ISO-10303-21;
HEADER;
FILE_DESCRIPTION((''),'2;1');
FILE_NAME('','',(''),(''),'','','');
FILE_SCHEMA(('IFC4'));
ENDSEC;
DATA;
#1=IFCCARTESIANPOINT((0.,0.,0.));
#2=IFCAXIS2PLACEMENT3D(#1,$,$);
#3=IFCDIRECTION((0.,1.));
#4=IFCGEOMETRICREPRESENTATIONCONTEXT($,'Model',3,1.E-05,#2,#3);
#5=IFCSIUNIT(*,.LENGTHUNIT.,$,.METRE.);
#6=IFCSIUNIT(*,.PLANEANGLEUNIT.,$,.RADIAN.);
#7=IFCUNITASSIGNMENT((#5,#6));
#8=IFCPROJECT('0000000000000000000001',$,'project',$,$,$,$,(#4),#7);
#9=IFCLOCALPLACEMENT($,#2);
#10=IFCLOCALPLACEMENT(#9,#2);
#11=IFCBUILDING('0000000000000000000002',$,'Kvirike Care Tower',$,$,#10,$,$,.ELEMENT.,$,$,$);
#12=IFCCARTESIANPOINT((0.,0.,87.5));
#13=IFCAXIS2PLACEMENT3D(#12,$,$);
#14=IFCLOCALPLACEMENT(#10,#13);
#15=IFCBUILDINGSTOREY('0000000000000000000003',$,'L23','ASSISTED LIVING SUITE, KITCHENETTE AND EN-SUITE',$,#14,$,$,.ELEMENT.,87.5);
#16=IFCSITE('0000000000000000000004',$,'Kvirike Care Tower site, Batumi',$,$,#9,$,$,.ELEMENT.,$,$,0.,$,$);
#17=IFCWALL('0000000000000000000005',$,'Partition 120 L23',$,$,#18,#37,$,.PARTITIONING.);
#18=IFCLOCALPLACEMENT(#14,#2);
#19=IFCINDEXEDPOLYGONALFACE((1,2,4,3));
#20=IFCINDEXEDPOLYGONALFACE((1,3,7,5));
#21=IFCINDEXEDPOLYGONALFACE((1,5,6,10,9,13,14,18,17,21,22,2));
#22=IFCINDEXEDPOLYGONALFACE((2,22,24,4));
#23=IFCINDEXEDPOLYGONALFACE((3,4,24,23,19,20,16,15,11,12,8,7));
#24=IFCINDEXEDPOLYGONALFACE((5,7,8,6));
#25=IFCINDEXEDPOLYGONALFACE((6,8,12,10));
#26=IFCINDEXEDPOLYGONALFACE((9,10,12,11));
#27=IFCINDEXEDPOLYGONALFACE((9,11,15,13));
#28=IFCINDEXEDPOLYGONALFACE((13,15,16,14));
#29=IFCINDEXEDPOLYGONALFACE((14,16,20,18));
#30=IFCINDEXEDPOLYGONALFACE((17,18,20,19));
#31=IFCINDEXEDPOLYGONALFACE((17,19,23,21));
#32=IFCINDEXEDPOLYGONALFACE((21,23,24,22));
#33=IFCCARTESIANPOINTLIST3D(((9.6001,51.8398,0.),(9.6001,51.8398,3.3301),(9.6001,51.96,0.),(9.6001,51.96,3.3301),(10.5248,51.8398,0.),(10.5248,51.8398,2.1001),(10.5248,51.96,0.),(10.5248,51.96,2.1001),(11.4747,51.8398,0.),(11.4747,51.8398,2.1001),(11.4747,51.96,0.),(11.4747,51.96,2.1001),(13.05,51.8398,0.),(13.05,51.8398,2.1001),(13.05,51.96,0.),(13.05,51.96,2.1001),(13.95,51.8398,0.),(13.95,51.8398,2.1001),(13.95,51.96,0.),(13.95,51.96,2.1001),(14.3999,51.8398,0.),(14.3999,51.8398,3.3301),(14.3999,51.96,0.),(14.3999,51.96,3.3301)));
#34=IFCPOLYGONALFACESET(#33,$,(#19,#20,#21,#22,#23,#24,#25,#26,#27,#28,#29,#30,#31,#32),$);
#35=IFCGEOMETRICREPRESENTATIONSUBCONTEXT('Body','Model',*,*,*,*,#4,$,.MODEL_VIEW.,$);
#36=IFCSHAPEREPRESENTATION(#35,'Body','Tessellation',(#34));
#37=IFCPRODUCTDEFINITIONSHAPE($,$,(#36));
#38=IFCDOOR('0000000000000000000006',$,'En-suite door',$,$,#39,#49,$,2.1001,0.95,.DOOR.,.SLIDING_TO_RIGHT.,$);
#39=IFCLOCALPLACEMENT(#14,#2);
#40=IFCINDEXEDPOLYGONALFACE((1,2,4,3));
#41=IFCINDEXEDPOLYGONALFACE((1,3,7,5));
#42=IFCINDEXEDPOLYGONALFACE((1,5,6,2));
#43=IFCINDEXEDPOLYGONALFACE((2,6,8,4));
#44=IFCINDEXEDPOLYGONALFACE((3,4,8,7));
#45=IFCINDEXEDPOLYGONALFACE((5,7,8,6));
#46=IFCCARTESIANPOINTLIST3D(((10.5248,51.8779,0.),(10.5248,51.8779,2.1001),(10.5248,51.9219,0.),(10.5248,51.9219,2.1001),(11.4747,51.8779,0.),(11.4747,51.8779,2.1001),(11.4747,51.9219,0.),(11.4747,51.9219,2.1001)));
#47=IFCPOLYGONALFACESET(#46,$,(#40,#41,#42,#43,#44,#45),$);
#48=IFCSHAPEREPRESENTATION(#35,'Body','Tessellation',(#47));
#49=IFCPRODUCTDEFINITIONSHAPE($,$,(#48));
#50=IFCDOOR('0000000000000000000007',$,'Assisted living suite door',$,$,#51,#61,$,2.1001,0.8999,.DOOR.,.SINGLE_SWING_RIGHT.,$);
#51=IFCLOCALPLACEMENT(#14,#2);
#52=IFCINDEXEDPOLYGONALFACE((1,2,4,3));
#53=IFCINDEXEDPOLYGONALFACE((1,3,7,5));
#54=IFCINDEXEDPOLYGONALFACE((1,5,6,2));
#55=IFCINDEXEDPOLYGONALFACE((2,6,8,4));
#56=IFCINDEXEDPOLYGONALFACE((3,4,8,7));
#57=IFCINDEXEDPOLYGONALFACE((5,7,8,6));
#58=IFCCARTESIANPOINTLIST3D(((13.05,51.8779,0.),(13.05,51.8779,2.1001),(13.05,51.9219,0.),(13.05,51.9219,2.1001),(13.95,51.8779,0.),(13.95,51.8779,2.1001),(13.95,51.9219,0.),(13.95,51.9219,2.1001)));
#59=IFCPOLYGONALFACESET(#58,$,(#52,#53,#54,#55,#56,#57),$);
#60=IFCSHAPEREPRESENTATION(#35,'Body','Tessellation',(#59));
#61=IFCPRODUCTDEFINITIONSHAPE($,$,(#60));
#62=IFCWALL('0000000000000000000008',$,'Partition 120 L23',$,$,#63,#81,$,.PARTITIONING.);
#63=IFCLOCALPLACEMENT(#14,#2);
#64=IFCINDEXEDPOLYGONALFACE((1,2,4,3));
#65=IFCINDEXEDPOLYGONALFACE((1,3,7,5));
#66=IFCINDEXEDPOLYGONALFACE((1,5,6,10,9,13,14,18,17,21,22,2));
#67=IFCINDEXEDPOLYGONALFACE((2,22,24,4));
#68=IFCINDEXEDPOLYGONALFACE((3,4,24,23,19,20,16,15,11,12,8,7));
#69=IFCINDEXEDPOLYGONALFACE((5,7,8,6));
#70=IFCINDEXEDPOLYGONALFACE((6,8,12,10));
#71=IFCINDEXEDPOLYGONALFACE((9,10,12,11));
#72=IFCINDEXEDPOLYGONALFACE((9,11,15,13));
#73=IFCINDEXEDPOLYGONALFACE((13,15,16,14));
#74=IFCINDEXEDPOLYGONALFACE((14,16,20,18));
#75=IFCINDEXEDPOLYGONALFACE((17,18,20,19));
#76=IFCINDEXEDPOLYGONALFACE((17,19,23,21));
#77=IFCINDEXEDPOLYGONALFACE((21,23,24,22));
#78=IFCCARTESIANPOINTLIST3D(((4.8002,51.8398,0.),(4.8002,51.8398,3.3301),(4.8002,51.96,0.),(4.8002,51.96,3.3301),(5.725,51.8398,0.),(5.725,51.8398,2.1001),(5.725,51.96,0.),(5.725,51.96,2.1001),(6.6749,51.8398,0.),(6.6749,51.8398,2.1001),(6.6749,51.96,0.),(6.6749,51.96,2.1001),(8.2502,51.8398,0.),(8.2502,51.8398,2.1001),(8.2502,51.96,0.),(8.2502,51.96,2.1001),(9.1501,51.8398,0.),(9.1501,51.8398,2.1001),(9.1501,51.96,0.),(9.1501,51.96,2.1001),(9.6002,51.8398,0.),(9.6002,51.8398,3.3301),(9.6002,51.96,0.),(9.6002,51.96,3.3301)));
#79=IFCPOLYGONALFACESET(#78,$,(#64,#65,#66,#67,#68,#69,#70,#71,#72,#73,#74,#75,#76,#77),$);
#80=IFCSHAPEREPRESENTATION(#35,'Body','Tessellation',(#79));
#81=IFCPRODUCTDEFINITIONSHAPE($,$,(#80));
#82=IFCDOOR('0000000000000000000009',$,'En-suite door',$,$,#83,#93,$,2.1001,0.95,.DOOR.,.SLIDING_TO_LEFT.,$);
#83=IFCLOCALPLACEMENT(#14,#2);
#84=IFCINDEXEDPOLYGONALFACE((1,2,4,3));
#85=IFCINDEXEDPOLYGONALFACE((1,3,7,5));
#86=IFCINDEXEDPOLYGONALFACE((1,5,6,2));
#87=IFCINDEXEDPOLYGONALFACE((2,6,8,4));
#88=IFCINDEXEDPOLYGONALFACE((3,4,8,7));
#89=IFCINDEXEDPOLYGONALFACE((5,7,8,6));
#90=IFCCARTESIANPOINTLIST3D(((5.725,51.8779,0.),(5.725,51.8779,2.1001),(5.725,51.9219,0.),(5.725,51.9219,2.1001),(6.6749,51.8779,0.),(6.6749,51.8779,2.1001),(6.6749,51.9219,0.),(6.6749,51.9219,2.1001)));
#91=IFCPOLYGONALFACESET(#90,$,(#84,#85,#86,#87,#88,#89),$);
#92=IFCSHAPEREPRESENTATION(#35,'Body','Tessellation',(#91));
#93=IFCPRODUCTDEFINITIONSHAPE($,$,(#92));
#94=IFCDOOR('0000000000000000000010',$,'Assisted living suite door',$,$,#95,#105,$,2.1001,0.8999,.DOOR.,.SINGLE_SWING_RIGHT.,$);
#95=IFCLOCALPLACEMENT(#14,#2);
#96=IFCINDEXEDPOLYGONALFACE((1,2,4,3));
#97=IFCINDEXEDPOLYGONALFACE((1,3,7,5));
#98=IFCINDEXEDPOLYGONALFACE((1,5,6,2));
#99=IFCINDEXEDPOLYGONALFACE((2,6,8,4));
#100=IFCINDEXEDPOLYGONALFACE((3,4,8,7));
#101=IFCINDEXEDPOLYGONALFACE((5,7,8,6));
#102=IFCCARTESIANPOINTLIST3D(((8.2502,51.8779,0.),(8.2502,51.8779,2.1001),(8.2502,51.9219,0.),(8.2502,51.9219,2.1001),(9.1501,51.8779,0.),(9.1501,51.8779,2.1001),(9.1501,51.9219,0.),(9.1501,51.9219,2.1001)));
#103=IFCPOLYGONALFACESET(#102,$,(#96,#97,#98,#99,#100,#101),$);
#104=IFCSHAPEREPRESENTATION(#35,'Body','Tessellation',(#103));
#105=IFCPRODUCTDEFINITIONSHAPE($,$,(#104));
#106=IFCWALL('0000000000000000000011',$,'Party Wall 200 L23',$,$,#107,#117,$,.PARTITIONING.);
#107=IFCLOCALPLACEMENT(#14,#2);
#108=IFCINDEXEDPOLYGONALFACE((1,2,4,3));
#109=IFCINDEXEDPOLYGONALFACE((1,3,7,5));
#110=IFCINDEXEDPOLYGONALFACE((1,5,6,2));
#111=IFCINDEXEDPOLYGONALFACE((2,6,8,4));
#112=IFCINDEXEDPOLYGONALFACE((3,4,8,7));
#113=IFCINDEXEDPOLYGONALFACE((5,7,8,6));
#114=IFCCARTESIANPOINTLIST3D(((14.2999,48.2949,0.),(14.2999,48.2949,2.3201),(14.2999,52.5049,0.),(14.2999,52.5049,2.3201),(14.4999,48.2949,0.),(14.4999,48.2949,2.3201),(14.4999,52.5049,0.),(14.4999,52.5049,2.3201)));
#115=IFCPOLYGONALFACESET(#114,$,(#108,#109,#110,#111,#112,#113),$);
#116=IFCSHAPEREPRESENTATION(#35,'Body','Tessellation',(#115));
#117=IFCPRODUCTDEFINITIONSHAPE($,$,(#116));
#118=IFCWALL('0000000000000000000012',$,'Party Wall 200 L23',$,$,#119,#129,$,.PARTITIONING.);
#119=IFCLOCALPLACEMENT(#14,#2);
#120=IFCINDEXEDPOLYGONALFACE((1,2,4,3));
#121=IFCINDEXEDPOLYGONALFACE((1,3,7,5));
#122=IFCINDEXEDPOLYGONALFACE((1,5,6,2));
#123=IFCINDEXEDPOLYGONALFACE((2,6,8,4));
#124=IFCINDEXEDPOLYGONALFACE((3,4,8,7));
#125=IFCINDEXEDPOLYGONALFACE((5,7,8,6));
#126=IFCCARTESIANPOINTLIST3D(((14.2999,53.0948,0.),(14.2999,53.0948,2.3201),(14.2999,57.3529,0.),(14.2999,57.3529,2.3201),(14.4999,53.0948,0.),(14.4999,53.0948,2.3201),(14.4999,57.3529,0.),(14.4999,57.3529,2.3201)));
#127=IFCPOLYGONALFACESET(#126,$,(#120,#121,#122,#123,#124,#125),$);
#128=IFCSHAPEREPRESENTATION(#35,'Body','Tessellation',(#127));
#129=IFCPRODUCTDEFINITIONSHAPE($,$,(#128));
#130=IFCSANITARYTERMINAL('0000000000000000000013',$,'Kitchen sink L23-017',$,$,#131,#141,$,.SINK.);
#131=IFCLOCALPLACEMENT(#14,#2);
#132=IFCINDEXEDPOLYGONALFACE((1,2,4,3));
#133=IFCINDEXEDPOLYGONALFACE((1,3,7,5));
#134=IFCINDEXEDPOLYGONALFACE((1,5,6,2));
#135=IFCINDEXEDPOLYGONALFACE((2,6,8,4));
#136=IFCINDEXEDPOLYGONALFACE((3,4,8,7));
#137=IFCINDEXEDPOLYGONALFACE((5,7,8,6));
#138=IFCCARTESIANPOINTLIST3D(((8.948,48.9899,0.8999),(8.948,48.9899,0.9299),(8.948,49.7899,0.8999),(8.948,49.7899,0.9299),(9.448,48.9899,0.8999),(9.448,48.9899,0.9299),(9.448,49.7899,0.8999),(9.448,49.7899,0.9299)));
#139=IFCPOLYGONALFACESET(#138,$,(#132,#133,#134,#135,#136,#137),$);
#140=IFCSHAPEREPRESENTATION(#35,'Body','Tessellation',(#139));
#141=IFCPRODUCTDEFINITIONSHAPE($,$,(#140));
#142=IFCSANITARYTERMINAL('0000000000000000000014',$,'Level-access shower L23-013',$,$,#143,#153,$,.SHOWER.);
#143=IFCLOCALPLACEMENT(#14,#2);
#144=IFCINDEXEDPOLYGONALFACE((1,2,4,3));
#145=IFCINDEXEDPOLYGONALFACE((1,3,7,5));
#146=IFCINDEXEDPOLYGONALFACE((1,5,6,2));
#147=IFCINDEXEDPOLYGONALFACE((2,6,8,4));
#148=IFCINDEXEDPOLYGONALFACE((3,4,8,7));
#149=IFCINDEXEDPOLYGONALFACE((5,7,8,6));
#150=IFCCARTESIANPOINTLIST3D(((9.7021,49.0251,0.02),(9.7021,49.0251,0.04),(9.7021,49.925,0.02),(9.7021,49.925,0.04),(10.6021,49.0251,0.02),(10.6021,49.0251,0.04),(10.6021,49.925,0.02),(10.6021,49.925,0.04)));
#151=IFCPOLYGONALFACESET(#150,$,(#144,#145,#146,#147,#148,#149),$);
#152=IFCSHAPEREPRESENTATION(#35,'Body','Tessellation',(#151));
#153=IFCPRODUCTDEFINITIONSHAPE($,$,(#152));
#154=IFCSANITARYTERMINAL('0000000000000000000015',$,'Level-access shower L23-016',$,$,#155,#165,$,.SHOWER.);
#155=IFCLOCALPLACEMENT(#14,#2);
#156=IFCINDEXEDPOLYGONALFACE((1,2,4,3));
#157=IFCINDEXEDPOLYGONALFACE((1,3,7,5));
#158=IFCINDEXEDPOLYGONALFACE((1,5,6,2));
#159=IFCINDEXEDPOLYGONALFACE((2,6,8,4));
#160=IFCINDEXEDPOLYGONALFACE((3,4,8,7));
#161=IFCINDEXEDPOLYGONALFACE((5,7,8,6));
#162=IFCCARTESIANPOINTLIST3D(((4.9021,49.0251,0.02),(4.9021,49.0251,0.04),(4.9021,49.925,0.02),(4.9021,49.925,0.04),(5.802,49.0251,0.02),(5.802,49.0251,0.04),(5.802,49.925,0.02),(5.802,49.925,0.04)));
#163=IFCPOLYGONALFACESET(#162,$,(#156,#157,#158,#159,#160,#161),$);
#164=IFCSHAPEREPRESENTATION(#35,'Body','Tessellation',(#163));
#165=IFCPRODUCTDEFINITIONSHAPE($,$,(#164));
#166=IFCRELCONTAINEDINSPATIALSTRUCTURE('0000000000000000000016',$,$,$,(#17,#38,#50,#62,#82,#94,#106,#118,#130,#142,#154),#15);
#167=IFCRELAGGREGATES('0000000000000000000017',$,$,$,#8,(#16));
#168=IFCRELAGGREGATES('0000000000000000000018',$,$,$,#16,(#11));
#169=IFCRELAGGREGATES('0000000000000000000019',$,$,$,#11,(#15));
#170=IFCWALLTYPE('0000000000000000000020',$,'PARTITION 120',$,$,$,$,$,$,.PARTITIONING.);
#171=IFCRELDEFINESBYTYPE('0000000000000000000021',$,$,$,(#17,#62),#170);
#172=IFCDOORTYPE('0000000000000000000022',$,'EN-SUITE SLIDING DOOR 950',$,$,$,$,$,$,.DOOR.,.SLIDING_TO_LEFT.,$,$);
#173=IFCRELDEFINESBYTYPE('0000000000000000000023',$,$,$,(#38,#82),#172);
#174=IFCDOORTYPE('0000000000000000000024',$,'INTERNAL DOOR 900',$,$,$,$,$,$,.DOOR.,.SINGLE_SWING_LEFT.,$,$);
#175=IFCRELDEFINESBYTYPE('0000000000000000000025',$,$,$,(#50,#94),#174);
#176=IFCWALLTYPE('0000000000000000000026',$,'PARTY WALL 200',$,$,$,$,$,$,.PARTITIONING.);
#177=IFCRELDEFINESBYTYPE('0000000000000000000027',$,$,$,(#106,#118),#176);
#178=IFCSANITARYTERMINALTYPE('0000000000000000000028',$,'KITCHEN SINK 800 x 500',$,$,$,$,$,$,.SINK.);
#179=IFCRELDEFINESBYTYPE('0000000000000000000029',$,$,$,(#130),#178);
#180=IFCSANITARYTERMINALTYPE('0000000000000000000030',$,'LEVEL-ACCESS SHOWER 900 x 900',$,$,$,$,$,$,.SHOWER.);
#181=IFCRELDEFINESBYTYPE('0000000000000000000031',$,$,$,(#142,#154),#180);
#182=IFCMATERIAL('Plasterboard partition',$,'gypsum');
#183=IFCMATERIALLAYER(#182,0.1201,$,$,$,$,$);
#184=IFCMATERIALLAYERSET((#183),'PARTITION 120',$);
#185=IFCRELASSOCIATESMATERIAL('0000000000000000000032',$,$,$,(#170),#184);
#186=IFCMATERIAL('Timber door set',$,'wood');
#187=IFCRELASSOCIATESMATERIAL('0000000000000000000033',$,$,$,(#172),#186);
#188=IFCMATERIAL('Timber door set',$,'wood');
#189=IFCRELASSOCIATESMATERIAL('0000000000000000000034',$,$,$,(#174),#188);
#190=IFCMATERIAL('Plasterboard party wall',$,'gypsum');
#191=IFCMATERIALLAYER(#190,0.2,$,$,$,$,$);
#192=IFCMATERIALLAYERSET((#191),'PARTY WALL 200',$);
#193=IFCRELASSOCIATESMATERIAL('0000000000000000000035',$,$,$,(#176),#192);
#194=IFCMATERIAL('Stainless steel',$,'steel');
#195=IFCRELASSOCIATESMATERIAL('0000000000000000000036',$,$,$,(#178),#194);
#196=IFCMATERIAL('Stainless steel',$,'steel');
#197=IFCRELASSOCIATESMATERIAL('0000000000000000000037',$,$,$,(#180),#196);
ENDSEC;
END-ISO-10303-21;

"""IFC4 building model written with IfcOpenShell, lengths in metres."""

from ifc_helpers import new_model, si_unit, direction, frame, frame_2d, origin, origin_2d, place, context, subcontext, project, spatial, rectangle, extrude, material, layer, layer_set, type_object, element, fill, save


model = new_model("IFC4")

# Units and contexts
model_context = context("Model", 3, precision=1e-05, world=origin(), true_north=direction((0.0, 1.0)))
body_context = subcontext(model_context, "Body", "Model", "MODEL_VIEW")
ifc_project = project(units=[si_unit("LENGTHUNIT", "METRE"), si_unit("PLANEANGLEUNIT", "RADIAN")], contexts=[model_context])

# Site, building, storey
site_placement = place(None, origin())
site = spatial("IfcSite", under=ifc_project, at=site_placement, Name="Kvirike Care Tower site, Batumi", CompositionType="ELEMENT", RefElevation=0.0)
building_placement = place(site_placement, origin())
building = spatial("IfcBuilding", under=site, at=building_placement, Name="Kvirike Care Tower", CompositionType="ELEMENT")
storey_placement = place(building_placement, frame((0.0, 0.0, 87.5)))
storey = spatial("IfcBuildingStorey", under=building, at=storey_placement, Name="L23", Description="ASSISTED LIVING SUITE, KITCHENETTE AND EN-SUITE", CompositionType="ELEMENT", Elevation=87.5)

# Walls, openings, doors
ifc_material_1 = material(Name="Plasterboard partition", Category="gypsum")
ifc_layer_1 = layer(ifc_material_1, 0.1201)
ifc_layer_set_1 = layer_set([ifc_layer_1], Name="PARTITION 120")
wall_type_1 = type_object("IfcWallType", Name="PARTITION 120", PredefinedType="PARTITIONING", material=ifc_layer_set_1)
wall_1_placement = place(storey_placement, frame((14.3999, 51.8999, 0.0), z_axis=(0.0, 0.0, 1.0), x_axis=(-1.0, 0.0, 0.0)))
wall_1 = element("IfcWall", 1, at=wall_1_placement, inside=storey, type_object=wall_type_1, Name="Partition 120 L23", PredefinedType="PARTITIONING", context=body_context, shape_type="SweptSolid", body=[
    extrude(rectangle(XDim=4.7998, YDim=0.1201, at=frame_2d((2.3999, 0.0))), origin(), (0.0, 0.0, 1.0), 3.3301),
])
opening_1_placement = place(wall_1_placement, frame((0.45, 0.0, 0.0)))
opening_1 = element("IfcOpeningElement", 2, at=opening_1_placement, cuts=wall_1, PredefinedType="OPENING", context=body_context, shape_type="SweptSolid", body=[
    extrude(rectangle(XDim=0.8999, YDim=2.1001, at=frame_2d((0.45, 1.05))), frame((0.0, 0.0706, 0.0), z_axis=(0.0, -1.0, 0.0), x_axis=(1.0, 0.0, 0.0)), (0.0, 0.0, 1.0), 0.1411),
])
opening_2_placement = place(wall_1_placement, frame((2.925, 0.0, 0.0)))
opening_2 = element("IfcOpeningElement", 3, at=opening_2_placement, cuts=wall_1, PredefinedType="OPENING", context=body_context, shape_type="SweptSolid", body=[
    extrude(rectangle(XDim=0.95, YDim=2.1001, at=frame_2d((0.4751, 1.05))), frame((0.0, 0.0706, 0.0), z_axis=(0.0, -1.0, 0.0), x_axis=(1.0, 0.0, 0.0)), (0.0, 0.0, 1.0), 0.1411),
])
ifc_material_2 = material(Name="Timber door set", Category="wood")
door_type_1 = type_object("IfcDoorType", Name="EN-SUITE SLIDING DOOR 950", OperationType="SLIDING_TO_LEFT", PredefinedType="DOOR", material=ifc_material_2)
door_1_placement = place(opening_2_placement, origin())
door_1 = element("IfcDoor", 4, at=door_1_placement, inside=storey, type_object=door_type_1, Name="En-suite door", OperationType="SLIDING_TO_RIGHT", OverallHeight=2.1001, OverallWidth=0.95, PredefinedType="DOOR", context=body_context, shape_type="SweptSolid", body=[
    extrude(rectangle(XDim=0.95, YDim=2.1001, at=frame_2d((0.4751, 1.05))), frame((0.0, 0.022, 0.0), z_axis=(0.0, -1.0, 0.0), x_axis=(1.0, 0.0, 0.0)), (0.0, 0.0, 1.0), 0.0439),
])
fill(opening_2, door_1)
ifc_material_3 = material(Name="Timber door set", Category="wood")
door_type_2 = type_object("IfcDoorType", Name="INTERNAL DOOR 900", OperationType="SINGLE_SWING_LEFT", PredefinedType="DOOR", material=ifc_material_3)
door_2_placement = place(opening_1_placement, origin())
door_2 = element("IfcDoor", 5, at=door_2_placement, inside=storey, type_object=door_type_2, Name="Assisted living suite door", OperationType="SINGLE_SWING_RIGHT", OverallHeight=2.1001, OverallWidth=0.8999, PredefinedType="DOOR", context=body_context, shape_type="SweptSolid", body=[
    extrude(rectangle(XDim=0.8999, YDim=2.1001, at=frame_2d((0.45, 1.05))), frame((0.0, 0.022, 0.0), z_axis=(0.0, -1.0, 0.0), x_axis=(1.0, 0.0, 0.0)), (0.0, 0.0, 1.0), 0.0439),
])
fill(opening_1, door_2)
wall_2_placement = place(storey_placement, frame((9.6001, 51.8999, 0.0), z_axis=(0.0, 0.0, 1.0), x_axis=(-1.0, 0.0, 0.0)))
wall_2 = element("IfcWall", 6, at=wall_2_placement, inside=storey, type_object=wall_type_1, Name="Partition 120 L23", PredefinedType="PARTITIONING", context=body_context, shape_type="SweptSolid", body=[
    extrude(rectangle(XDim=4.8, YDim=0.1201, at=frame_2d((2.3999, 0.0))), origin(), (0.0, 0.0, 1.0), 3.3301),
])
opening_3_placement = place(wall_2_placement, frame((0.45, 0.0, 0.0)))
opening_3 = element("IfcOpeningElement", 7, at=opening_3_placement, cuts=wall_2, PredefinedType="OPENING", context=body_context, shape_type="SweptSolid", body=[
    extrude(rectangle(XDim=0.8999, YDim=2.1001, at=frame_2d((0.45, 1.05))), frame((0.0, 0.0706, 0.0), z_axis=(0.0, -1.0, 0.0), x_axis=(1.0, 0.0, 0.0)), (0.0, 0.0, 1.0), 0.1411),
])
opening_4_placement = place(wall_2_placement, frame((2.925, 0.0, 0.0)))
opening_4 = element("IfcOpeningElement", 8, at=opening_4_placement, cuts=wall_2, PredefinedType="OPENING", context=body_context, shape_type="SweptSolid", body=[
    extrude(rectangle(XDim=0.95, YDim=2.1001, at=frame_2d((0.4751, 1.05))), frame((0.0, 0.0706, 0.0), z_axis=(0.0, -1.0, 0.0), x_axis=(1.0, 0.0, 0.0)), (0.0, 0.0, 1.0), 0.1411),
])
door_3_placement = place(opening_4_placement, origin())
door_3 = element("IfcDoor", 9, at=door_3_placement, inside=storey, type_object=door_type_1, Name="En-suite door", OperationType="SLIDING_TO_LEFT", OverallHeight=2.1001, OverallWidth=0.95, PredefinedType="DOOR", context=body_context, shape_type="SweptSolid", body=[
    extrude(rectangle(XDim=0.95, YDim=2.1001, at=frame_2d((0.4751, 1.05))), frame((0.0, 0.022, 0.0), z_axis=(0.0, -1.0, 0.0), x_axis=(1.0, 0.0, 0.0)), (0.0, 0.0, 1.0), 0.0439),
])
fill(opening_4, door_3)
door_4_placement = place(opening_3_placement, origin())
door_4 = element("IfcDoor", 10, at=door_4_placement, inside=storey, type_object=door_type_2, Name="Assisted living suite door", OperationType="SINGLE_SWING_RIGHT", OverallHeight=2.1001, OverallWidth=0.8999, PredefinedType="DOOR", context=body_context, shape_type="SweptSolid", body=[
    extrude(rectangle(XDim=0.8999, YDim=2.1001, at=frame_2d((0.45, 1.05))), frame((0.0, 0.022, 0.0), z_axis=(0.0, -1.0, 0.0), x_axis=(1.0, 0.0, 0.0)), (0.0, 0.0, 1.0), 0.0439),
])
fill(opening_3, door_4)

# Walls
ifc_material_4 = material(Name="Plasterboard party wall", Category="gypsum")
ifc_layer_2 = layer(ifc_material_4, 0.2)
ifc_layer_set_2 = layer_set([ifc_layer_2], Name="PARTY WALL 200")
wall_type_2 = type_object("IfcWallType", Name="PARTY WALL 200", PredefinedType="PARTITIONING", material=ifc_layer_set_2)
wall_3_placement = place(storey_placement, frame((14.3999, 48.2949, 0.0), z_axis=(0.0, 0.0, 1.0), x_axis=(0.0, 1.0, 0.0)))
element("IfcWall", 11, at=wall_3_placement, inside=storey, type_object=wall_type_2, Name="Party Wall 200 L23", PredefinedType="PARTITIONING", context=body_context, shape_type="SweptSolid", body=[
    extrude(rectangle(XDim=4.21, YDim=0.2, at=frame_2d((2.105, 0.0))), origin(), (0.0, 0.0, 1.0), 2.3201),
])
wall_4_placement = place(storey_placement, frame((14.3999, 53.095, 0.0), z_axis=(0.0, 0.0, 1.0), x_axis=(0.0, 1.0, 0.0)))
element("IfcWall", 12, at=wall_4_placement, inside=storey, type_object=wall_type_2, Name="Party Wall 200 L23", PredefinedType="PARTITIONING", context=body_context, shape_type="SweptSolid", body=[
    extrude(rectangle(XDim=4.2581, YDim=0.2, at=frame_2d((2.1289, 0.0))), origin(), (0.0, 0.0, 1.0), 2.3201),
])

# Sanitary terminals
ifc_material_5 = material(Name="Stainless steel", Category="steel")
sanitary_terminal_type_1 = type_object("IfcSanitaryTerminalType", Name="KITCHEN SINK 800 x 500", PredefinedType="SINK", material=ifc_material_5)
sanitary_terminal_1_placement = place(storey_placement, frame((9.198, 49.3899, 0.8999), z_axis=(0.0, 0.0, 1.0), x_axis=(0.0, -1.0, 0.0)))
element("IfcSanitaryTerminal", 13, at=sanitary_terminal_1_placement, inside=storey, type_object=sanitary_terminal_type_1, Name="Kitchen sink L23-017", PredefinedType="SINK", context=body_context, shape_type="SweptSolid", body=[
    extrude(rectangle(XDim=0.8, YDim=0.5, at=origin_2d()), origin(), (0.0, 0.0, 1.0), 0.03),
])
ifc_material_6 = material(Name="Stainless steel", Category="steel")
sanitary_terminal_type_2 = type_object("IfcSanitaryTerminalType", Name="LEVEL-ACCESS SHOWER 900 x 900", PredefinedType="SHOWER", material=ifc_material_6)
for number, where, z_axis, x_axis, name in (
    (14, (10.1521, 49.4751, 0.02), (0.0, 0.0, 1.0), (0.0, 1.0, 0.0), "Level-access shower L23-013"),
    (15, (5.3521, 49.4751, 0.02), (0.0, 0.0, 1.0), (0.0, 1.0, 0.0), "Level-access shower L23-016"),
):
    element("IfcSanitaryTerminal", number, at=place(storey_placement, frame(where, z_axis=z_axis, x_axis=x_axis)), inside=storey, type_object=sanitary_terminal_type_2, Name=name, PredefinedType="SHOWER", context=body_context, shape_type="SweptSolid", body=[
        extrude(rectangle(XDim=0.8999, YDim=0.8999, at=origin_2d()), origin(), (0.0, 0.0, 1.0), 0.02),
    ])

save(model, "model.ifc")
